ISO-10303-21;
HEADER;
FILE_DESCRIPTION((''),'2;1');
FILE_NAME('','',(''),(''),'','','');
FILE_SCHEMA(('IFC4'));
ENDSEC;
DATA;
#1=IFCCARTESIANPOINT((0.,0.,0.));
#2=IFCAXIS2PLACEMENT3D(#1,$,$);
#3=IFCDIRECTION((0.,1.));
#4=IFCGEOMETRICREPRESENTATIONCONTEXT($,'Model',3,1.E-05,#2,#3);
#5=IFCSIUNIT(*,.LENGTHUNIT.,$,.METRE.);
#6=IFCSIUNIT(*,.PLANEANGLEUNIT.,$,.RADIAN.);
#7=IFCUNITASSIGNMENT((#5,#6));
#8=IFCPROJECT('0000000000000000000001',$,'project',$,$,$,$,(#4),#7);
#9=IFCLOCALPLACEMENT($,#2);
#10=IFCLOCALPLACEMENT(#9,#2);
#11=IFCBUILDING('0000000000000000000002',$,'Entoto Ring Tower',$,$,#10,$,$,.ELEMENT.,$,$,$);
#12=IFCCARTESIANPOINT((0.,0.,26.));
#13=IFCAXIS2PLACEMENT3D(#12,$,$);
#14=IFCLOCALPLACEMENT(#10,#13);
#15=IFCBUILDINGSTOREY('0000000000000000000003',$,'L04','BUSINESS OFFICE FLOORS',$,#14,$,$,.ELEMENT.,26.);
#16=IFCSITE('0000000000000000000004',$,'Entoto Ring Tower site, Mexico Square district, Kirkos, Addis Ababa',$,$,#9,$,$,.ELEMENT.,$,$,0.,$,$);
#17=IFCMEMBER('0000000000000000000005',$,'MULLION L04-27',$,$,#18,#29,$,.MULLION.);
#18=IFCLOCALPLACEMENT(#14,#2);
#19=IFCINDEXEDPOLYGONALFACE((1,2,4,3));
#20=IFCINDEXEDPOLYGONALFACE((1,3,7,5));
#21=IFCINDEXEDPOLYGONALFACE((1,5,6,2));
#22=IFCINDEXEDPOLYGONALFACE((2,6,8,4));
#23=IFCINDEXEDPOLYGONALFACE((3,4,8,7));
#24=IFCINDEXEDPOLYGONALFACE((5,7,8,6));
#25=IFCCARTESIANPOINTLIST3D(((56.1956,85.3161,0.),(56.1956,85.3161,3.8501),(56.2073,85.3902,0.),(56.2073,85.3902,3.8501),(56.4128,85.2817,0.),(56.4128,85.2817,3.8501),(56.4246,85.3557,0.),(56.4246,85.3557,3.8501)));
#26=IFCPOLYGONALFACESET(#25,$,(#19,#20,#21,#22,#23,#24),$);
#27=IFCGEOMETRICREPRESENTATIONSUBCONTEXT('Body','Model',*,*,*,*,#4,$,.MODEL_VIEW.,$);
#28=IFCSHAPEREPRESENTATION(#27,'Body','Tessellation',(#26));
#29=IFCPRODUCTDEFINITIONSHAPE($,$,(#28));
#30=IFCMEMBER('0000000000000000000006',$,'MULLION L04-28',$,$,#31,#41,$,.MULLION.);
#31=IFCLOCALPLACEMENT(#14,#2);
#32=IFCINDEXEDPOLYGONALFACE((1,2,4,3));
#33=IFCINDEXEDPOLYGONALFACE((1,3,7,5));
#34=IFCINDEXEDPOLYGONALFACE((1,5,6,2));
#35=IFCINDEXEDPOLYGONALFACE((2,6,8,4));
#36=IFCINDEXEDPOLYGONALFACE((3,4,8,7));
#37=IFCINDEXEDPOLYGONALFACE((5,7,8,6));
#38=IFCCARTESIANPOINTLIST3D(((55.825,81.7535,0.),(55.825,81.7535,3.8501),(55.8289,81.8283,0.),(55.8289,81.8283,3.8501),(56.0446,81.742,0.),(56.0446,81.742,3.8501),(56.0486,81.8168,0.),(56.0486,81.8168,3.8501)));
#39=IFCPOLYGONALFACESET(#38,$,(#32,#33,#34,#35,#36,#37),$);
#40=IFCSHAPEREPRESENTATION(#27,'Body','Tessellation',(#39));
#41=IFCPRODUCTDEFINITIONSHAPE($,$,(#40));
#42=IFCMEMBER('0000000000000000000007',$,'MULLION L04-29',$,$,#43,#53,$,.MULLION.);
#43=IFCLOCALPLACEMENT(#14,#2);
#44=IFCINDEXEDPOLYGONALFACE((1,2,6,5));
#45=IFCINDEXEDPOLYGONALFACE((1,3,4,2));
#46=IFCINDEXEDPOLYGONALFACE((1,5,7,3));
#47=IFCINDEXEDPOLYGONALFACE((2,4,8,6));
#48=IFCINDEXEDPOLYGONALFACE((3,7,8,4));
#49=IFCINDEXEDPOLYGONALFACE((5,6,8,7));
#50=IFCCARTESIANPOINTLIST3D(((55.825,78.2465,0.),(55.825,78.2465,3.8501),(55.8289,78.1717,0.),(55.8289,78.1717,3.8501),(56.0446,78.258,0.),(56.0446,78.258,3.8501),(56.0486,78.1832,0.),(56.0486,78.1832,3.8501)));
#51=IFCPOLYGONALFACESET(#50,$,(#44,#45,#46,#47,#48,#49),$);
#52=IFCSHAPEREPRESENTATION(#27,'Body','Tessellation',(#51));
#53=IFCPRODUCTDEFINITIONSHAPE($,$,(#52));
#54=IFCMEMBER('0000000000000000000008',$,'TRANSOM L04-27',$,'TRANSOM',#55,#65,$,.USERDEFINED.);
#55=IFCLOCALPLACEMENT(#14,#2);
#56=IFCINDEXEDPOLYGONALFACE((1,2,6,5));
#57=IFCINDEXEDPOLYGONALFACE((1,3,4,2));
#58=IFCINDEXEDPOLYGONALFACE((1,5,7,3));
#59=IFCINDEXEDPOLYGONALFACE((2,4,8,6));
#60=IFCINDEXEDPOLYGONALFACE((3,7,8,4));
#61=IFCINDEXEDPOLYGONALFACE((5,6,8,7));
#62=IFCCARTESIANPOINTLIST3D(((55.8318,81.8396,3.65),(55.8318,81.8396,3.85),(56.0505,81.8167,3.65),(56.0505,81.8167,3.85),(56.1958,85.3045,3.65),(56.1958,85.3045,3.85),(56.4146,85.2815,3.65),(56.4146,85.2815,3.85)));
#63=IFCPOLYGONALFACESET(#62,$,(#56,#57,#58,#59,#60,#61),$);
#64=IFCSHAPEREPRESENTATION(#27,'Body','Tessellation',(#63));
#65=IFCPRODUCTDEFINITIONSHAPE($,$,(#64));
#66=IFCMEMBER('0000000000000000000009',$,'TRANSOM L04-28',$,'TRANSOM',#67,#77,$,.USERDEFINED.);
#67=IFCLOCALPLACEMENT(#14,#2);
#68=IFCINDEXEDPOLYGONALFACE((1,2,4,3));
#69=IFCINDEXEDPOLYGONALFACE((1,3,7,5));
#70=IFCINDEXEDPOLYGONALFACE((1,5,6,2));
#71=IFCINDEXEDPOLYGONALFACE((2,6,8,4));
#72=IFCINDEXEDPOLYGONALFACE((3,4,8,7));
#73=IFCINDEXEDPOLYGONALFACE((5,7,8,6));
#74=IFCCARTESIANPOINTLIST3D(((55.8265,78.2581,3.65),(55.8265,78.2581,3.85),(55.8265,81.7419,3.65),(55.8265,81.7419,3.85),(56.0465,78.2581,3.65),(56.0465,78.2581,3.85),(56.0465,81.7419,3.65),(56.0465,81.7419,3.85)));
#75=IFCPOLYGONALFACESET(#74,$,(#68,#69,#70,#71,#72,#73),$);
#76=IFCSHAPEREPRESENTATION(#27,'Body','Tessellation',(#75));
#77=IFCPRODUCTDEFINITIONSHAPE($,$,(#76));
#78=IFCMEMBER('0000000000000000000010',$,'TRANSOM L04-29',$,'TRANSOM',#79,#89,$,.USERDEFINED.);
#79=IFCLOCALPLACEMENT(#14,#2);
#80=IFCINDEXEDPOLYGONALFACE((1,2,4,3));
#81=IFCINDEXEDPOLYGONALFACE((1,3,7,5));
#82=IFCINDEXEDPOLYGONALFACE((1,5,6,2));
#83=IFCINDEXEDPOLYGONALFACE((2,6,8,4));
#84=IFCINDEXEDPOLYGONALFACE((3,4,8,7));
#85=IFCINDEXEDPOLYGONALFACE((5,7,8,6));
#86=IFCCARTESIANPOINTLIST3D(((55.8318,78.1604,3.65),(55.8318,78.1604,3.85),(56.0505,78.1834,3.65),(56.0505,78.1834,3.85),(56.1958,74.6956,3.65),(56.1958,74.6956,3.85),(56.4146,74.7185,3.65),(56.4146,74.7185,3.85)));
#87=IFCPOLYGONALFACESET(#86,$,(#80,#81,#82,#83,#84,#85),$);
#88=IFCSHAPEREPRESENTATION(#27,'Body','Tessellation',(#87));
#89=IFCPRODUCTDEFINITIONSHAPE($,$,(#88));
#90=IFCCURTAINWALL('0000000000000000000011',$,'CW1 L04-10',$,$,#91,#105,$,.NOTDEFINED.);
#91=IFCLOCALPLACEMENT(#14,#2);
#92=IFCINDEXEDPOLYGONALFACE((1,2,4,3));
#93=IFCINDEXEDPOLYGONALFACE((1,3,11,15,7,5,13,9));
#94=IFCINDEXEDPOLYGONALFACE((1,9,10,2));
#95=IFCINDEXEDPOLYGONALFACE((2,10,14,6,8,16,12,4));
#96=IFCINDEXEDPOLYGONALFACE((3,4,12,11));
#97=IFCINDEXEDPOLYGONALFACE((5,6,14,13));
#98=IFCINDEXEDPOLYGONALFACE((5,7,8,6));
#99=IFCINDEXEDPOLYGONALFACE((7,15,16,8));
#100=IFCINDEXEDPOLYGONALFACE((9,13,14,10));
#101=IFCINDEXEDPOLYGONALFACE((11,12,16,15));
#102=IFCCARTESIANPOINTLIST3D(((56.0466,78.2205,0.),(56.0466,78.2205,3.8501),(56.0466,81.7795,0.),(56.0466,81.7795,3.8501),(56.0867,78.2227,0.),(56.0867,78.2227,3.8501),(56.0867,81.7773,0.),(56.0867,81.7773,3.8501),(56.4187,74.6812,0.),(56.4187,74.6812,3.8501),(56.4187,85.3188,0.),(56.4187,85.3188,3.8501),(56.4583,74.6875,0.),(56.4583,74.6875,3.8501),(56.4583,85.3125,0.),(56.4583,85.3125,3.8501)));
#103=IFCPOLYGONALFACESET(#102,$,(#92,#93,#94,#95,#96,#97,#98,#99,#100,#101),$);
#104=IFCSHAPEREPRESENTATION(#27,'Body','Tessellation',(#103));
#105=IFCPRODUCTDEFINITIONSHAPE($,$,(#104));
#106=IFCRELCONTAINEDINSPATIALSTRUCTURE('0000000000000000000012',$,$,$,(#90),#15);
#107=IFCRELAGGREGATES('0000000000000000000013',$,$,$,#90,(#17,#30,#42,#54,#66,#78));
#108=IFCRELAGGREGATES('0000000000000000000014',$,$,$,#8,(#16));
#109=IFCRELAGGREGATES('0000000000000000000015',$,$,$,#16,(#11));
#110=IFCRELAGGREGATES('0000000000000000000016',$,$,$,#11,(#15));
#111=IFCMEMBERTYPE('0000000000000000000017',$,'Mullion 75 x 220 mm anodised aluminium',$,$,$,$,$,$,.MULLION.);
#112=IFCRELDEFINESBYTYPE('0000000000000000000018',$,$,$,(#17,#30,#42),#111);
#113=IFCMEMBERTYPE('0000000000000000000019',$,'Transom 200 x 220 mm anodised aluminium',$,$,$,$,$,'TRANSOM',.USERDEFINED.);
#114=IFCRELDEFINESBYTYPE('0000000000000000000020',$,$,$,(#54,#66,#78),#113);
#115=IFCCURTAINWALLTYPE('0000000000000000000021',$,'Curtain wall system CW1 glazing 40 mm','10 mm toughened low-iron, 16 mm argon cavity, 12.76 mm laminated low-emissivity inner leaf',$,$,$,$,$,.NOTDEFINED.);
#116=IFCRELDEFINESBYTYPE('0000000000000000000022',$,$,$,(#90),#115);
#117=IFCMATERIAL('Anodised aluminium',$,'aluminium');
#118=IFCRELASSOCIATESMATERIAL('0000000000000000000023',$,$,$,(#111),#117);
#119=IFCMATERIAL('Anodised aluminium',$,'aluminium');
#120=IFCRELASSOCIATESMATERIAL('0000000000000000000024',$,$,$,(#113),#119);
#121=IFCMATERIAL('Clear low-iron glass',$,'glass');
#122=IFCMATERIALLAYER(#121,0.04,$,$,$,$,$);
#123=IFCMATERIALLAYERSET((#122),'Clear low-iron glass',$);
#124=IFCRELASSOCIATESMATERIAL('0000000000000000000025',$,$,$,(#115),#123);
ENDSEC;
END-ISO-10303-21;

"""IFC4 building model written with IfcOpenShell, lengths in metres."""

from ifc_helpers import new_model, si_unit, direction, frame, origin, origin_2d, place, context, subcontext, project, spatial, polyline, rectangle, outline, extrude, material, layer, layer_set, material_profile, profile_set, type_object, element, aggregate, save


model = new_model("IFC4")

# Units and contexts
model_context = context("Model", 3, precision=1e-05, world=origin(), true_north=direction((0.0, 1.0)))
body_context = subcontext(model_context, "Body", "Model", "MODEL_VIEW")
ifc_project = project(units=[si_unit("LENGTHUNIT", "METRE"), si_unit("PLANEANGLEUNIT", "RADIAN")], contexts=[model_context])

# Members
ifc_material_1 = material(Name="Anodised aluminium", Category="aluminium")
ifc_material_profile_1 = material_profile(ifc_material_1, rectangle(XDim=0.075, YDim=0.22, at=origin_2d()), Name="Mullion 75 x 220 mm anodised aluminium")
ifc_profile_set_1 = profile_set([ifc_material_profile_1], Name="Anodised aluminium")
member_type_1 = type_object("IfcMemberType", Name="Mullion 75 x 220 mm anodised aluminium", PredefinedType="MULLION", material=ifc_profile_set_1)
site_placement = place(None, origin())
building_placement = place(site_placement, origin())
storey_placement = place(building_placement, frame((0.0, 0.0, 26.0)))
member_1_placement = place(storey_placement, frame((56.3101, 85.3359, 0.0), z_axis=(0.0, 0.0, 1.0), x_axis=(-0.156434, -0.987688, 0.0)))
member_1 = element("IfcMember", 1, at=member_1_placement, type_object=member_type_1, Name="MULLION L04-27", PredefinedType="MULLION", context=body_context, shape_type="SweptSolid", body=[
    extrude(rectangle(XDim=0.075, YDim=0.22, at=origin_2d()), origin(), (0.0, 0.0, 1.0), 3.8501),
])
member_2_placement = place(storey_placement, frame((55.9368, 81.7852, 0.0), z_axis=(0.0, 0.0, 1.0), x_axis=(-0.052336, -0.99863, 0.0)))
member_2 = element("IfcMember", 2, at=member_2_placement, type_object=member_type_1, Name="MULLION L04-28", PredefinedType="MULLION", context=body_context, shape_type="SweptSolid", body=[
    extrude(rectangle(XDim=0.075, YDim=0.22, at=origin_2d()), origin(), (0.0, 0.0, 1.0), 3.8501),
])
member_3_placement = place(storey_placement, frame((55.9368, 78.2148, 0.0), z_axis=(0.0, 0.0, 1.0), x_axis=(0.052336, -0.99863, 0.0)))
member_3 = element("IfcMember", 3, at=member_3_placement, type_object=member_type_1, Name="MULLION L04-29", PredefinedType="MULLION", context=body_context, shape_type="SweptSolid", body=[
    extrude(rectangle(XDim=0.075, YDim=0.22, at=origin_2d()), origin(), (0.0, 0.0, 1.0), 3.8501),
])
ifc_material_2 = material(Name="Anodised aluminium", Category="aluminium")
ifc_material_profile_2 = material_profile(ifc_material_2, rectangle(XDim=0.22, YDim=0.2, at=origin_2d()), Name="Transom 200 x 220 mm anodised aluminium")
ifc_profile_set_2 = profile_set([ifc_material_profile_2], Name="Anodised aluminium")
member_type_2 = type_object("IfcMemberType", Name="Transom 200 x 220 mm anodised aluminium", ElementType="TRANSOM", PredefinedType="USERDEFINED", material=ifc_profile_set_2)
member_4_placement = place(storey_placement, frame((56.3052, 85.293, 3.75), z_axis=(-0.104484, -0.994527, 0.0), x_axis=(0.994527, -0.104484, 0.0)))
member_4 = element("IfcMember", 4, at=member_4_placement, type_object=member_type_2, Name="TRANSOM L04-27", ObjectType="TRANSOM", PredefinedType="USERDEFINED", context=body_context, shape_type="SweptSolid", body=[
    extrude(rectangle(XDim=0.22, YDim=0.2, at=origin_2d()), origin(), (0.0, 0.0, 1.0), 3.4839),
])
member_5_placement = place(storey_placement, frame((55.9365, 81.7419, 3.75), z_axis=(0.0, -1.0, 0.0), x_axis=(1.0, 0.0, 0.0)))
member_5 = element("IfcMember", 5, at=member_5_placement, type_object=member_type_2, Name="TRANSOM L04-28", ObjectType="TRANSOM", PredefinedType="USERDEFINED", context=body_context, shape_type="SweptSolid", body=[
    extrude(rectangle(XDim=0.22, YDim=0.2, at=origin_2d()), origin(), (0.0, 0.0, 1.0), 3.4839),
])
member_6_placement = place(storey_placement, frame((55.9412, 78.1719, 3.75), z_axis=(0.104484, -0.994527, 0.0), x_axis=(0.994527, 0.104484, 0.0)))
member_6 = element("IfcMember", 6, at=member_6_placement, type_object=member_type_2, Name="TRANSOM L04-29", ObjectType="TRANSOM", PredefinedType="USERDEFINED", context=body_context, shape_type="SweptSolid", body=[
    extrude(rectangle(XDim=0.22, YDim=0.2, at=origin_2d()), origin(), (0.0, 0.0, 1.0), 3.4839),
])

# Site, building, storey
site = spatial("IfcSite", under=ifc_project, at=site_placement, Name="Entoto Ring Tower site, Mexico Square district, Kirkos, Addis Ababa", CompositionType="ELEMENT", RefElevation=0.0)
building = spatial("IfcBuilding", under=site, at=building_placement, Name="Entoto Ring Tower", CompositionType="ELEMENT")
storey = spatial("IfcBuildingStorey", under=building, at=storey_placement, Name="L04", Description="BUSINESS OFFICE FLOORS", CompositionType="ELEMENT", Elevation=26.0)

# Curtain wall
ifc_material_3 = material(Name="Clear low-iron glass", Category="glass")
ifc_layer = layer(ifc_material_3, 0.04)
ifc_layer_set = layer_set([ifc_layer], Name="Clear low-iron glass")
curtain_wall_type = type_object("IfcCurtainWallType", Name="Curtain wall system CW1 glazing 40 mm", Description="10 mm toughened low-iron, 16 mm argon cavity, 12.76 mm laminated low-emissivity inner leaf", PredefinedType="NOTDEFINED", material=ifc_layer_set)
curtain_wall_1_placement = place(storey_placement, origin())
curtain_wall_1 = element("IfcCurtainWall", 7, at=curtain_wall_1_placement, inside=storey, type_object=curtain_wall_type, Name="CW1 L04-10", PredefinedType="NOTDEFINED", context=body_context, shape_type="SweptSolid", body=[
    extrude(outline(polyline([(56.4187, 85.3188), (56.0466, 81.7795), (56.0466, 78.2205), (56.4187, 74.6812), (56.4583, 74.6875), (56.0867, 78.2227), (56.0867, 81.7773), (56.4583, 85.3125), (56.4187, 85.3188)])), origin(), (0.0, 0.0, 1.0), 3.8501),
])
aggregate(curtain_wall_1, [member_1, member_2, member_3, member_4, member_5, member_6])

save(model, "model.ifc")
